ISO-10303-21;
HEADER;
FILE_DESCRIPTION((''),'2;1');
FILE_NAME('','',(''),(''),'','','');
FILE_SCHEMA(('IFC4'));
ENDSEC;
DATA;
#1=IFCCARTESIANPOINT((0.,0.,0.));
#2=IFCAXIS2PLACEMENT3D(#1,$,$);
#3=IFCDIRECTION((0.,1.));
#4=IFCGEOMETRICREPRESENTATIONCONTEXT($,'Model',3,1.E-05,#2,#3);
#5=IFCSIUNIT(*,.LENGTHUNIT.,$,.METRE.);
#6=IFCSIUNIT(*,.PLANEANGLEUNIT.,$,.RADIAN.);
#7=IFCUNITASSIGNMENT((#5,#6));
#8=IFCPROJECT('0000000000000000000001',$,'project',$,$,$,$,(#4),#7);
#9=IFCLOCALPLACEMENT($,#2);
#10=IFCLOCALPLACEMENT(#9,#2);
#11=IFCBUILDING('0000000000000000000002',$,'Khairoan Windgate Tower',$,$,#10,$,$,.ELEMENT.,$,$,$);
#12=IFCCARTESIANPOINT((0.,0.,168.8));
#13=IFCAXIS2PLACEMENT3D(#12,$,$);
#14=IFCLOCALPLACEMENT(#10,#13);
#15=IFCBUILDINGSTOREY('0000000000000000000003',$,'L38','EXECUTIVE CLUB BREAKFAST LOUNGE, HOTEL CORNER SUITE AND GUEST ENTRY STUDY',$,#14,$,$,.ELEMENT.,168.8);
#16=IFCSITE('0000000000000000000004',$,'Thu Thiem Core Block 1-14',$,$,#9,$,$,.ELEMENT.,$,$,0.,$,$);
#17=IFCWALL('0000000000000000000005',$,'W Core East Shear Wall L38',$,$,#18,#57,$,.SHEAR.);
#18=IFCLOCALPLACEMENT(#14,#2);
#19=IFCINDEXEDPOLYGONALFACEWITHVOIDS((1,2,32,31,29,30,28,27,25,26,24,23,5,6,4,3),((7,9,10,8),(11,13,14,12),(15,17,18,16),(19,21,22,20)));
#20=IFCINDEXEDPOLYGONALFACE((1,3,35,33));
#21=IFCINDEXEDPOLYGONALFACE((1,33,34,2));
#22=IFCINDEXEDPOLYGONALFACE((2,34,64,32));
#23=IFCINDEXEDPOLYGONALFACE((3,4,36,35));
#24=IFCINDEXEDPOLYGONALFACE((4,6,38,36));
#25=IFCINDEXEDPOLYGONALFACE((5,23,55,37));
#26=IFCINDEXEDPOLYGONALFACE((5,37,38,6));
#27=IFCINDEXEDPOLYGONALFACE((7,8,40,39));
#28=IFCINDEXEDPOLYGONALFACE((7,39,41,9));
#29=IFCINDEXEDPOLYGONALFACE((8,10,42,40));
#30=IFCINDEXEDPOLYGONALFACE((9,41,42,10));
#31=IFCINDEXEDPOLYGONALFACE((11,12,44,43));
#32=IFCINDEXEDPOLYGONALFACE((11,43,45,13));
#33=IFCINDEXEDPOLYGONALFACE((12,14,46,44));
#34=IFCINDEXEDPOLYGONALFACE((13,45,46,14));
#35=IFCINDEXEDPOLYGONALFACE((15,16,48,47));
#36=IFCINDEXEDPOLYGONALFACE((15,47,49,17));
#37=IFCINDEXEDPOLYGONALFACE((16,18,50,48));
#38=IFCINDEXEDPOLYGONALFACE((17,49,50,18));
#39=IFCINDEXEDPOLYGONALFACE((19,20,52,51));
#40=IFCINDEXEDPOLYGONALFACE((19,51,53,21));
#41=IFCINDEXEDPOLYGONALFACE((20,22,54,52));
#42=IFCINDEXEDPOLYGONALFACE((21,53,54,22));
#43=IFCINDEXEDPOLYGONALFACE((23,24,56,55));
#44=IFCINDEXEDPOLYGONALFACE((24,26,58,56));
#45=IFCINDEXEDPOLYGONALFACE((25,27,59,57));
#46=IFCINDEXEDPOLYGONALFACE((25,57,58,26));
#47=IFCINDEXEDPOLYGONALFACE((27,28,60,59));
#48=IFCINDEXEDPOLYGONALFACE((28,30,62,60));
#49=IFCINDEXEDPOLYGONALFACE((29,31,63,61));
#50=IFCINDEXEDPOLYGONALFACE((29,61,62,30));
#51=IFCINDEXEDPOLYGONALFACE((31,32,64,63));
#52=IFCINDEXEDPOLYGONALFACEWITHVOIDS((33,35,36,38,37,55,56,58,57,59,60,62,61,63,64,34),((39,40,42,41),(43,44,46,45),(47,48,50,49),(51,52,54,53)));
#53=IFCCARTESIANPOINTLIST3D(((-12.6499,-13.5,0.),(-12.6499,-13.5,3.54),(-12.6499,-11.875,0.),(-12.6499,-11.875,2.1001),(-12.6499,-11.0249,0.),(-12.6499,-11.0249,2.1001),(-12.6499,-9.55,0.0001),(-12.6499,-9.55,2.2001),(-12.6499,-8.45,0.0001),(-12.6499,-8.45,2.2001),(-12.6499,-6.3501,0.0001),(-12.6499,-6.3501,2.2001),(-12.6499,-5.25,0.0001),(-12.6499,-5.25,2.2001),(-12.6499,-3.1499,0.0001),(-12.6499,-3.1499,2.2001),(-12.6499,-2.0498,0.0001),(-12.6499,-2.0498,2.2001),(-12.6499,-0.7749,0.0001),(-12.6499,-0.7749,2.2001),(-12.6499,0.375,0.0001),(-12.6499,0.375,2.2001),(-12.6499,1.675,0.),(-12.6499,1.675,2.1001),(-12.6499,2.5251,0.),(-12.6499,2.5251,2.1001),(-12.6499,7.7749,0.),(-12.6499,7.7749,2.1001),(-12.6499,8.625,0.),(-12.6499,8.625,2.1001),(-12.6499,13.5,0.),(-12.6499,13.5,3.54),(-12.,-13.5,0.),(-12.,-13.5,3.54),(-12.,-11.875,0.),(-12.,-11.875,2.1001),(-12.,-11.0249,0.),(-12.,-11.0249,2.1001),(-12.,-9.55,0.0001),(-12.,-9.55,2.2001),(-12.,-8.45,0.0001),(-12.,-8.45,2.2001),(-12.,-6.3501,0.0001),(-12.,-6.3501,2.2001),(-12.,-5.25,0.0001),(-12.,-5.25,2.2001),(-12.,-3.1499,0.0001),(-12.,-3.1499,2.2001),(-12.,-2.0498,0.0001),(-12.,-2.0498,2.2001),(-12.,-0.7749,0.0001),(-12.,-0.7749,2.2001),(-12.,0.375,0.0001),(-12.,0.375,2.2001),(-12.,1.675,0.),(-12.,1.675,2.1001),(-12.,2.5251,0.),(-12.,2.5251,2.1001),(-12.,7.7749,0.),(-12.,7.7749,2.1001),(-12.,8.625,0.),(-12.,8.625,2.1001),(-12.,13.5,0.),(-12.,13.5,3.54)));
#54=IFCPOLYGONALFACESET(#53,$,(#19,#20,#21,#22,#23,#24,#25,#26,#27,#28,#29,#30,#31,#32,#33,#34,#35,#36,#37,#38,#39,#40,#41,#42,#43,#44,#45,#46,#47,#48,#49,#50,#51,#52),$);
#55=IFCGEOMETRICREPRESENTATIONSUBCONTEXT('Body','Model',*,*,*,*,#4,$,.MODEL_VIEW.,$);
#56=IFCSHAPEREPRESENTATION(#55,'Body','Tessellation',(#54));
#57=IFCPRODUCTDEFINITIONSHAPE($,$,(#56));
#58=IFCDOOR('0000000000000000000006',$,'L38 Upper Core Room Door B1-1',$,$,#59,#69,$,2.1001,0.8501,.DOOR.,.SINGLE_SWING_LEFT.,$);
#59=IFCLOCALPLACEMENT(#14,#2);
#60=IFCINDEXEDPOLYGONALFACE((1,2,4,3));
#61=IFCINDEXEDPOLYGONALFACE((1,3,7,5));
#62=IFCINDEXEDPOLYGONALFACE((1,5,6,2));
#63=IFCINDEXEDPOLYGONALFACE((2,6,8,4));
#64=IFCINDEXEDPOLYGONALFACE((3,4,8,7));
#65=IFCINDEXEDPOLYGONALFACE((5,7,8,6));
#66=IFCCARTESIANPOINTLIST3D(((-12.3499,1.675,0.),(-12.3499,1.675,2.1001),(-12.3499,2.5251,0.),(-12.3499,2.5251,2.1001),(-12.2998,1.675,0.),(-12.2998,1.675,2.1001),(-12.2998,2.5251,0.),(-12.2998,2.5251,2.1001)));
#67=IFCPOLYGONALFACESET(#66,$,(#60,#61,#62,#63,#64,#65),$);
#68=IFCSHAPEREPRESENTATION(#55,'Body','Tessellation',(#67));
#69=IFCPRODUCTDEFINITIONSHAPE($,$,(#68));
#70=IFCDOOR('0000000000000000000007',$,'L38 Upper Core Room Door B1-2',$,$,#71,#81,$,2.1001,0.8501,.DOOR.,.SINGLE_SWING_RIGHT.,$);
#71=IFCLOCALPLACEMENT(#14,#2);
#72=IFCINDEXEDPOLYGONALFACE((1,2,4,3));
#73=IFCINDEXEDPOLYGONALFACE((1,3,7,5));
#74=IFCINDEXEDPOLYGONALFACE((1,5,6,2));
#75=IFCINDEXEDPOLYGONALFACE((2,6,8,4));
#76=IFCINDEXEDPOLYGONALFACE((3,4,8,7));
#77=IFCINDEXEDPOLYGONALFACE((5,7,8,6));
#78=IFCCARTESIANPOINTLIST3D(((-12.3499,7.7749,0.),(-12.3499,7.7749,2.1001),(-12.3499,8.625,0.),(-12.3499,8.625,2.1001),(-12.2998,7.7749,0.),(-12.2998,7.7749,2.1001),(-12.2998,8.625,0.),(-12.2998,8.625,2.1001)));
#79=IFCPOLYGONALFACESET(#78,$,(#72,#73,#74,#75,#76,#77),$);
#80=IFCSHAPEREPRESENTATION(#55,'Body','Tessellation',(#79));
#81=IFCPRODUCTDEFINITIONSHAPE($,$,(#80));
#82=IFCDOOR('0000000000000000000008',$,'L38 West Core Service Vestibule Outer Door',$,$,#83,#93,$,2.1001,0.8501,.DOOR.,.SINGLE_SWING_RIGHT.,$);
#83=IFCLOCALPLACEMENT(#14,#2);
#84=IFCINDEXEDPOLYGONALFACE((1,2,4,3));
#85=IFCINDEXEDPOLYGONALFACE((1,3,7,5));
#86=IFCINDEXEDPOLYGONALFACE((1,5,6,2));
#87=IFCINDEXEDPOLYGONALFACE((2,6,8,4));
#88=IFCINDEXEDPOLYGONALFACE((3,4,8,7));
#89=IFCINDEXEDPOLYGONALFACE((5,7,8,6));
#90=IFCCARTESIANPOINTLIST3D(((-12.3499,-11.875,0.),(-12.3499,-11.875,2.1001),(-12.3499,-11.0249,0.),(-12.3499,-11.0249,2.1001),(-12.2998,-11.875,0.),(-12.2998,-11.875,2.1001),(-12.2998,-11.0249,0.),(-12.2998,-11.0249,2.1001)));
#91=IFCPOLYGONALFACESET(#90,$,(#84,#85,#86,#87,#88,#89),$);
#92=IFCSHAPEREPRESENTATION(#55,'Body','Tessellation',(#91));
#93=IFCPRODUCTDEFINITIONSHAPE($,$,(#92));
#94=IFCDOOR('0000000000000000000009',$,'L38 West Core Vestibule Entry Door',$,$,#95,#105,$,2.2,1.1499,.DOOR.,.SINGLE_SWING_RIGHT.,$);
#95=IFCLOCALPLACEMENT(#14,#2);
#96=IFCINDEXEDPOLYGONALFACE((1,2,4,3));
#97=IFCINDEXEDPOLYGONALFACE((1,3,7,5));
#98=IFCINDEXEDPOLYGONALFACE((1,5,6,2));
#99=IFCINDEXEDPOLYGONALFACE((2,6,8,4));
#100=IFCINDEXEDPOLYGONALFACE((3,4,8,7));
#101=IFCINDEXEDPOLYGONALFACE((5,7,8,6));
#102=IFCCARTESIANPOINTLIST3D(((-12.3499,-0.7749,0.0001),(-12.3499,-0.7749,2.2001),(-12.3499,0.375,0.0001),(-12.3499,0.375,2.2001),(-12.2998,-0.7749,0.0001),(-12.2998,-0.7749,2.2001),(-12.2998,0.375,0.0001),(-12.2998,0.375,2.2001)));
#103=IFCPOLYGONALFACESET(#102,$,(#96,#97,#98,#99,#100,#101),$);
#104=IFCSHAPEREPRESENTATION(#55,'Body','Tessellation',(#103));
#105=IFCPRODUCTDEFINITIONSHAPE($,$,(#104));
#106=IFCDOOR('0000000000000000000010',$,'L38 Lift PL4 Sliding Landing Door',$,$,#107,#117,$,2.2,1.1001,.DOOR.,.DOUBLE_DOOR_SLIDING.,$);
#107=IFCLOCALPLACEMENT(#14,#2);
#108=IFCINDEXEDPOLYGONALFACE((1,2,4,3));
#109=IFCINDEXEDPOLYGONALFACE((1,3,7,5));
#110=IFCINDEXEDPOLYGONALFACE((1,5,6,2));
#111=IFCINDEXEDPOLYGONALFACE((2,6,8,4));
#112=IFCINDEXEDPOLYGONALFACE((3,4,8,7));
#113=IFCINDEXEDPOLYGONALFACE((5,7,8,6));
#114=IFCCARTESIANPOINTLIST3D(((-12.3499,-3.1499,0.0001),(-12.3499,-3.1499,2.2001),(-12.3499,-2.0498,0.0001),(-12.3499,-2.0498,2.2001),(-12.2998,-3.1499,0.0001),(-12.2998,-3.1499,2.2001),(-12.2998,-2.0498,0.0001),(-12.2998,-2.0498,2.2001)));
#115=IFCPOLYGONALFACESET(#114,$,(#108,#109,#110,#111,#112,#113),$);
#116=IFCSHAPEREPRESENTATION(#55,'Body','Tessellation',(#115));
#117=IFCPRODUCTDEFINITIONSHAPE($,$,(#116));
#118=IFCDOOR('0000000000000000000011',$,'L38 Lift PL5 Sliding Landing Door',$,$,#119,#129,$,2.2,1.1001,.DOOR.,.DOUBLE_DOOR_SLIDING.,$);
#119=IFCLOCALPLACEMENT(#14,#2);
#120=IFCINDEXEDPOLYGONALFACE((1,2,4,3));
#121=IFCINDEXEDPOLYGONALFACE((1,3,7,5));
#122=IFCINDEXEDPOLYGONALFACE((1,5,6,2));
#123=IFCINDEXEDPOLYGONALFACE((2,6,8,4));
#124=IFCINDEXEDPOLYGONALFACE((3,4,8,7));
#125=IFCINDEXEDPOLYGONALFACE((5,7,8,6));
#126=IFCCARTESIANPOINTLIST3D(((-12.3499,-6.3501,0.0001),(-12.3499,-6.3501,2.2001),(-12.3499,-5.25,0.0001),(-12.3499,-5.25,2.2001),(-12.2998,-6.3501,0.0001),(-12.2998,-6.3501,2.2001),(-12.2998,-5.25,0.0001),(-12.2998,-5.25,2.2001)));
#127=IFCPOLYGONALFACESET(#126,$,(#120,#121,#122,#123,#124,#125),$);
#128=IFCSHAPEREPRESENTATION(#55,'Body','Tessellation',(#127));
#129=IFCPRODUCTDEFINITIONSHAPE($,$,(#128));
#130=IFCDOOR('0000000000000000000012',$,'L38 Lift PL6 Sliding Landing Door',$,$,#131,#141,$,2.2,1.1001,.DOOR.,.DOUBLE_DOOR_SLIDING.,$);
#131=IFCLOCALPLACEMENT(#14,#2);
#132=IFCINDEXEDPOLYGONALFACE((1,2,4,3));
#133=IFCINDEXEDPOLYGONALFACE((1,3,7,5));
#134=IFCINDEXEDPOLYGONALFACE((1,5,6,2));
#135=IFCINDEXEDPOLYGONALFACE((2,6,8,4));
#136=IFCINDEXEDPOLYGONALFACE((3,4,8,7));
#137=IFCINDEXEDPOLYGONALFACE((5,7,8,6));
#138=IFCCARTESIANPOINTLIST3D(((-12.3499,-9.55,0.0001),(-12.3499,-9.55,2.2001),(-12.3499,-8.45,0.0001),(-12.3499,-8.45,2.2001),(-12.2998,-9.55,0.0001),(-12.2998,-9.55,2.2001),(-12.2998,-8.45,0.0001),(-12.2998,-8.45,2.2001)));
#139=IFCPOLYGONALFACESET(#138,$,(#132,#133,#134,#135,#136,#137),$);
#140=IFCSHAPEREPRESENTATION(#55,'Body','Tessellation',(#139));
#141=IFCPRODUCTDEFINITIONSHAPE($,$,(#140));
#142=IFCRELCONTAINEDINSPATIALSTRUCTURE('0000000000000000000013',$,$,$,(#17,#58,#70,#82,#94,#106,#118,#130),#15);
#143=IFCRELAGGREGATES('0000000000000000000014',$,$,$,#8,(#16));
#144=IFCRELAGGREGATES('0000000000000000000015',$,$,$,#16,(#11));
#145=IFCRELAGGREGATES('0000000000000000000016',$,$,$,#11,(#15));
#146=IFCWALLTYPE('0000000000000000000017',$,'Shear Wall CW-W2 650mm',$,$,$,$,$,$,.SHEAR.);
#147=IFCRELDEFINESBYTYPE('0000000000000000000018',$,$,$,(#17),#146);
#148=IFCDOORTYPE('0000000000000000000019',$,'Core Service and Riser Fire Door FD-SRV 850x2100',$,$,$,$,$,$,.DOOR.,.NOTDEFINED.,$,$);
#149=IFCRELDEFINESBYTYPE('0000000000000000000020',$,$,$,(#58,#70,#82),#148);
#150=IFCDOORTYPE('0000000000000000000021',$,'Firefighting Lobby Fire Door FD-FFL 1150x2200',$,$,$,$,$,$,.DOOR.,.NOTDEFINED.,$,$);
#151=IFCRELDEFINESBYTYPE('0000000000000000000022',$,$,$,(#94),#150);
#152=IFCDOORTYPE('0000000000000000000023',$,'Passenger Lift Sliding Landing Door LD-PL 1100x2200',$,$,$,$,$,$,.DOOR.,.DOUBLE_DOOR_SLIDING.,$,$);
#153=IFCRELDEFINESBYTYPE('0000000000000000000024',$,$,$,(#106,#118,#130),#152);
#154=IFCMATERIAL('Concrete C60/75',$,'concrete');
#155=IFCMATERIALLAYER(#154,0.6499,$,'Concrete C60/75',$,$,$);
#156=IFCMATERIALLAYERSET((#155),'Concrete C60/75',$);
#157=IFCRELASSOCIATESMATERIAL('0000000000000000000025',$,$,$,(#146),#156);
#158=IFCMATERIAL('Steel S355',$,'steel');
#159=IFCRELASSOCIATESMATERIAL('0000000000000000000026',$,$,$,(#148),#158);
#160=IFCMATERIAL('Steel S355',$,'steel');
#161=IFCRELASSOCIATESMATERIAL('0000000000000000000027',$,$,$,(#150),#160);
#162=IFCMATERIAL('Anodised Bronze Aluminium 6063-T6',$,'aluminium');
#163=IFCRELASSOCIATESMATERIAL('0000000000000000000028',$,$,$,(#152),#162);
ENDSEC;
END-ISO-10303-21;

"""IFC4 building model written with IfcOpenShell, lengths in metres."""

from ifc_helpers import new_model, si_unit, direction, frame, frame_2d, origin, place, context, subcontext, project, spatial, rectangle, extrude, material, layer, layer_set, type_object, element, fill, save


model = new_model("IFC4")

# Units and contexts
model_context = context("Model", 3, precision=1e-05, world=origin(), true_north=direction((0.0, 1.0)))
body_context = subcontext(model_context, "Body", "Model", "MODEL_VIEW")
ifc_project = project(units=[si_unit("LENGTHUNIT", "METRE"), si_unit("PLANEANGLEUNIT", "RADIAN")], contexts=[model_context])

# Site, building, storey
site_placement = place(None, origin())
site = spatial("IfcSite", under=ifc_project, at=site_placement, Name="Thu Thiem Core Block 1-14", CompositionType="ELEMENT", RefElevation=0.0)
building_placement = place(site_placement, origin())
building = spatial("IfcBuilding", under=site, at=building_placement, Name="Khairoan Windgate Tower", CompositionType="ELEMENT")
storey_placement = place(building_placement, frame((0.0, 0.0, 168.8)))
storey = spatial("IfcBuildingStorey", under=building, at=storey_placement, Name="L38", Description="EXECUTIVE CLUB BREAKFAST LOUNGE, HOTEL CORNER SUITE AND GUEST ENTRY STUDY", CompositionType="ELEMENT", Elevation=168.8)

# Wall, openings, doors
ifc_material_1 = material(Name="Concrete C60/75", Category="concrete")
ifc_layer_1 = layer(ifc_material_1, 0.6499, Name="Concrete C60/75")
ifc_layer_set_1 = layer_set([ifc_layer_1], Name="Concrete C60/75")
wall_type_1 = type_object("IfcWallType", Name="Shear Wall CW-W2 650mm", PredefinedType="SHEAR", material=ifc_layer_set_1)
wall_1_placement = place(storey_placement, frame((-12.325, -13.5, 0.0), z_axis=(0.0, 0.0, 1.0), x_axis=(0.0, 1.0, 0.0)))
wall_1 = element("IfcWall", 1, at=wall_1_placement, inside=storey, type_object=wall_type_1, Name="W Core East Shear Wall L38", PredefinedType="SHEAR", context=body_context, shape_type="SweptSolid", body=[
    extrude(rectangle(XDim=27.0, YDim=0.6499, at=frame_2d((13.5, 0.0))), origin(), (0.0, 0.0, 1.0), 3.54),
])
opening_1_placement = place(wall_1_placement, frame((10.3501, 0.0, 0.0)))
opening_1 = element("IfcOpeningElement", 2, at=opening_1_placement, cuts=wall_1, PredefinedType="OPENING", context=body_context, shape_type="SweptSolid", body=[
    extrude(rectangle(XDim=1.1001, YDim=2.2, at=frame_2d((0.55, 1.1001))), frame((0.0, 0.335, 0.0), z_axis=(0.0, -1.0, 0.0), x_axis=(1.0, 0.0, 0.0)), (0.0, 0.0, 1.0), 0.6699),
])
opening_2_placement = place(wall_1_placement, frame((7.1499, 0.0, 0.0)))
opening_2 = element("IfcOpeningElement", 3, at=opening_2_placement, cuts=wall_1, PredefinedType="OPENING", context=body_context, shape_type="SweptSolid", body=[
    extrude(rectangle(XDim=1.1001, YDim=2.2, at=frame_2d((0.55, 1.1001))), frame((0.0, 0.335, 0.0), z_axis=(0.0, -1.0, 0.0), x_axis=(1.0, 0.0, 0.0)), (0.0, 0.0, 1.0), 0.6699),
])
opening_3_placement = place(wall_1_placement, frame((3.95, 0.0, 0.0)))
opening_3 = element("IfcOpeningElement", 4, at=opening_3_placement, cuts=wall_1, PredefinedType="OPENING", context=body_context, shape_type="SweptSolid", body=[
    extrude(rectangle(XDim=1.1001, YDim=2.2, at=frame_2d((0.55, 1.1001))), frame((0.0, 0.335, 0.0), z_axis=(0.0, -1.0, 0.0), x_axis=(1.0, 0.0, 0.0)), (0.0, 0.0, 1.0), 0.6699),
])
opening_4_placement = place(wall_1_placement, frame((15.175, 0.0, 0.0)))
opening_4 = element("IfcOpeningElement", 5, at=opening_4_placement, cuts=wall_1, PredefinedType="OPENING", context=body_context, shape_type="SweptSolid", body=[
    extrude(rectangle(XDim=0.8501, YDim=2.1001, at=frame_2d((0.425, 1.05))), frame((0.0, 0.335, 0.0), z_axis=(0.0, -1.0, 0.0), x_axis=(1.0, 0.0, 0.0)), (0.0, 0.0, 1.0), 0.6699),
])
opening_5_placement = place(wall_1_placement, frame((21.2749, 0.0, 0.0)))
opening_5 = element("IfcOpeningElement", 6, at=opening_5_placement, cuts=wall_1, PredefinedType="OPENING", context=body_context, shape_type="SweptSolid", body=[
    extrude(rectangle(XDim=0.8501, YDim=2.1001, at=frame_2d((0.425, 1.05))), frame((0.0, 0.335, 0.0), z_axis=(0.0, -1.0, 0.0), x_axis=(1.0, 0.0, 0.0)), (0.0, 0.0, 1.0), 0.6699),
])
opening_6_placement = place(wall_1_placement, frame((12.7251, 0.0, 0.0)))
opening_6 = element("IfcOpeningElement", 7, at=opening_6_placement, cuts=wall_1, PredefinedType="OPENING", context=body_context, shape_type="SweptSolid", body=[
    extrude(rectangle(XDim=1.1499, YDim=2.2, at=frame_2d((0.575, 1.1001))), frame((0.0, 0.335, 0.0), z_axis=(0.0, -1.0, 0.0), x_axis=(1.0, 0.0, 0.0)), (0.0, 0.0, 1.0), 0.6699),
])
opening_7_placement = place(wall_1_placement, frame((1.625, 0.0, 0.0)))
opening_7 = element("IfcOpeningElement", 8, at=opening_7_placement, cuts=wall_1, PredefinedType="OPENING", context=body_context, shape_type="SweptSolid", body=[
    extrude(rectangle(XDim=0.8501, YDim=2.1001, at=frame_2d((0.425, 1.05))), frame((0.0, 0.335, 0.0), z_axis=(0.0, -1.0, 0.0), x_axis=(1.0, 0.0, 0.0)), (0.0, 0.0, 1.0), 0.6699),
])
ifc_material_2 = material(Name="Steel S355", Category="steel")
door_type_1 = type_object("IfcDoorType", Name="Core Service and Riser Fire Door FD-SRV 850x2100", OperationType="NOTDEFINED", PredefinedType="DOOR", material=ifc_material_2)
door_1_placement = place(opening_4_placement, origin())
door_1 = element("IfcDoor", 9, at=door_1_placement, inside=storey, type_object=door_type_1, Name="L38 Upper Core Room Door B1-1", OperationType="SINGLE_SWING_LEFT", OverallHeight=2.1001, OverallWidth=0.8501, PredefinedType="DOOR", context=body_context, shape_type="SweptSolid", body=[
    extrude(rectangle(XDim=0.8501, YDim=2.1001, at=frame_2d((0.425, 1.05))), frame((0.0, 0.0249, 0.0), z_axis=(0.0, -1.0, 0.0), x_axis=(1.0, 0.0, 0.0)), (0.0, 0.0, 1.0), 0.05),
])
fill(opening_4, door_1)
door_2_placement = place(opening_5_placement, origin())
door_2 = element("IfcDoor", 10, at=door_2_placement, inside=storey, type_object=door_type_1, Name="L38 Upper Core Room Door B1-2", OperationType="SINGLE_SWING_RIGHT", OverallHeight=2.1001, OverallWidth=0.8501, PredefinedType="DOOR", context=body_context, shape_type="SweptSolid", body=[
    extrude(rectangle(XDim=0.8501, YDim=2.1001, at=frame_2d((0.425, 1.05))), frame((0.0, 0.0249, 0.0), z_axis=(0.0, -1.0, 0.0), x_axis=(1.0, 0.0, 0.0)), (0.0, 0.0, 1.0), 0.05),
])
fill(opening_5, door_2)
door_3_placement = place(opening_7_placement, origin())
door_3 = element("IfcDoor", 11, at=door_3_placement, inside=storey, type_object=door_type_1, Name="L38 West Core Service Vestibule Outer Door", OperationType="SINGLE_SWING_RIGHT", OverallHeight=2.1001, OverallWidth=0.8501, PredefinedType="DOOR", context=body_context, shape_type="SweptSolid", body=[
    extrude(rectangle(XDim=0.8501, YDim=2.1001, at=frame_2d((0.425, 1.05))), frame((0.0, 0.0249, 0.0), z_axis=(0.0, -1.0, 0.0), x_axis=(1.0, 0.0, 0.0)), (0.0, 0.0, 1.0), 0.05),
])
fill(opening_7, door_3)
ifc_material_3 = material(Name="Steel S355", Category="steel")
door_type_2 = type_object("IfcDoorType", Name="Firefighting Lobby Fire Door FD-FFL 1150x2200", OperationType="NOTDEFINED", PredefinedType="DOOR", material=ifc_material_3)
door_4_placement = place(opening_6_placement, origin())
door_4 = element("IfcDoor", 12, at=door_4_placement, inside=storey, type_object=door_type_2, Name="L38 West Core Vestibule Entry Door", OperationType="SINGLE_SWING_RIGHT", OverallHeight=2.2, OverallWidth=1.1499, PredefinedType="DOOR", context=body_context, shape_type="SweptSolid", body=[
    extrude(rectangle(XDim=1.1499, YDim=2.2, at=frame_2d((0.575, 1.1001))), frame((0.0, 0.0249, 0.0), z_axis=(0.0, -1.0, 0.0), x_axis=(1.0, 0.0, 0.0)), (0.0, 0.0, 1.0), 0.05),
])
fill(opening_6, door_4)
ifc_material_4 = material(Name="Anodised Bronze Aluminium 6063-T6", Category="aluminium")
door_type_3 = type_object("IfcDoorType", Name="Passenger Lift Sliding Landing Door LD-PL 1100x2200", OperationType="DOUBLE_DOOR_SLIDING", PredefinedType="DOOR", material=ifc_material_4)
door_5_placement = place(opening_1_placement, origin())
door_5 = element("IfcDoor", 13, at=door_5_placement, inside=storey, type_object=door_type_3, Name="L38 Lift PL4 Sliding Landing Door", OperationType="DOUBLE_DOOR_SLIDING", OverallHeight=2.2, OverallWidth=1.1001, PredefinedType="DOOR", context=body_context, shape_type="SweptSolid", body=[
    extrude(rectangle(XDim=1.1001, YDim=2.2, at=frame_2d((0.55, 1.1001))), frame((0.0, 0.0249, 0.0), z_axis=(0.0, -1.0, 0.0), x_axis=(1.0, 0.0, 0.0)), (0.0, 0.0, 1.0), 0.05),
])
fill(opening_1, door_5)
door_6_placement = place(opening_2_placement, origin())
door_6 = element("IfcDoor", 14, at=door_6_placement, inside=storey, type_object=door_type_3, Name="L38 Lift PL5 Sliding Landing Door", OperationType="DOUBLE_DOOR_SLIDING", OverallHeight=2.2, OverallWidth=1.1001, PredefinedType="DOOR", context=body_context, shape_type="SweptSolid", body=[
    extrude(rectangle(XDim=1.1001, YDim=2.2, at=frame_2d((0.55, 1.1001))), frame((0.0, 0.0249, 0.0), z_axis=(0.0, -1.0, 0.0), x_axis=(1.0, 0.0, 0.0)), (0.0, 0.0, 1.0), 0.05),
])
fill(opening_2, door_6)
door_7_placement = place(opening_3_placement, origin())
door_7 = element("IfcDoor", 15, at=door_7_placement, inside=storey, type_object=door_type_3, Name="L38 Lift PL6 Sliding Landing Door", OperationType="DOUBLE_DOOR_SLIDING", OverallHeight=2.2, OverallWidth=1.1001, PredefinedType="DOOR", context=body_context, shape_type="SweptSolid", body=[
    extrude(rectangle(XDim=1.1001, YDim=2.2, at=frame_2d((0.55, 1.1001))), frame((0.0, 0.0249, 0.0), z_axis=(0.0, -1.0, 0.0), x_axis=(1.0, 0.0, 0.0)), (0.0, 0.0, 1.0), 0.05),
])
fill(opening_3, door_7)

save(model, "model.ifc")
